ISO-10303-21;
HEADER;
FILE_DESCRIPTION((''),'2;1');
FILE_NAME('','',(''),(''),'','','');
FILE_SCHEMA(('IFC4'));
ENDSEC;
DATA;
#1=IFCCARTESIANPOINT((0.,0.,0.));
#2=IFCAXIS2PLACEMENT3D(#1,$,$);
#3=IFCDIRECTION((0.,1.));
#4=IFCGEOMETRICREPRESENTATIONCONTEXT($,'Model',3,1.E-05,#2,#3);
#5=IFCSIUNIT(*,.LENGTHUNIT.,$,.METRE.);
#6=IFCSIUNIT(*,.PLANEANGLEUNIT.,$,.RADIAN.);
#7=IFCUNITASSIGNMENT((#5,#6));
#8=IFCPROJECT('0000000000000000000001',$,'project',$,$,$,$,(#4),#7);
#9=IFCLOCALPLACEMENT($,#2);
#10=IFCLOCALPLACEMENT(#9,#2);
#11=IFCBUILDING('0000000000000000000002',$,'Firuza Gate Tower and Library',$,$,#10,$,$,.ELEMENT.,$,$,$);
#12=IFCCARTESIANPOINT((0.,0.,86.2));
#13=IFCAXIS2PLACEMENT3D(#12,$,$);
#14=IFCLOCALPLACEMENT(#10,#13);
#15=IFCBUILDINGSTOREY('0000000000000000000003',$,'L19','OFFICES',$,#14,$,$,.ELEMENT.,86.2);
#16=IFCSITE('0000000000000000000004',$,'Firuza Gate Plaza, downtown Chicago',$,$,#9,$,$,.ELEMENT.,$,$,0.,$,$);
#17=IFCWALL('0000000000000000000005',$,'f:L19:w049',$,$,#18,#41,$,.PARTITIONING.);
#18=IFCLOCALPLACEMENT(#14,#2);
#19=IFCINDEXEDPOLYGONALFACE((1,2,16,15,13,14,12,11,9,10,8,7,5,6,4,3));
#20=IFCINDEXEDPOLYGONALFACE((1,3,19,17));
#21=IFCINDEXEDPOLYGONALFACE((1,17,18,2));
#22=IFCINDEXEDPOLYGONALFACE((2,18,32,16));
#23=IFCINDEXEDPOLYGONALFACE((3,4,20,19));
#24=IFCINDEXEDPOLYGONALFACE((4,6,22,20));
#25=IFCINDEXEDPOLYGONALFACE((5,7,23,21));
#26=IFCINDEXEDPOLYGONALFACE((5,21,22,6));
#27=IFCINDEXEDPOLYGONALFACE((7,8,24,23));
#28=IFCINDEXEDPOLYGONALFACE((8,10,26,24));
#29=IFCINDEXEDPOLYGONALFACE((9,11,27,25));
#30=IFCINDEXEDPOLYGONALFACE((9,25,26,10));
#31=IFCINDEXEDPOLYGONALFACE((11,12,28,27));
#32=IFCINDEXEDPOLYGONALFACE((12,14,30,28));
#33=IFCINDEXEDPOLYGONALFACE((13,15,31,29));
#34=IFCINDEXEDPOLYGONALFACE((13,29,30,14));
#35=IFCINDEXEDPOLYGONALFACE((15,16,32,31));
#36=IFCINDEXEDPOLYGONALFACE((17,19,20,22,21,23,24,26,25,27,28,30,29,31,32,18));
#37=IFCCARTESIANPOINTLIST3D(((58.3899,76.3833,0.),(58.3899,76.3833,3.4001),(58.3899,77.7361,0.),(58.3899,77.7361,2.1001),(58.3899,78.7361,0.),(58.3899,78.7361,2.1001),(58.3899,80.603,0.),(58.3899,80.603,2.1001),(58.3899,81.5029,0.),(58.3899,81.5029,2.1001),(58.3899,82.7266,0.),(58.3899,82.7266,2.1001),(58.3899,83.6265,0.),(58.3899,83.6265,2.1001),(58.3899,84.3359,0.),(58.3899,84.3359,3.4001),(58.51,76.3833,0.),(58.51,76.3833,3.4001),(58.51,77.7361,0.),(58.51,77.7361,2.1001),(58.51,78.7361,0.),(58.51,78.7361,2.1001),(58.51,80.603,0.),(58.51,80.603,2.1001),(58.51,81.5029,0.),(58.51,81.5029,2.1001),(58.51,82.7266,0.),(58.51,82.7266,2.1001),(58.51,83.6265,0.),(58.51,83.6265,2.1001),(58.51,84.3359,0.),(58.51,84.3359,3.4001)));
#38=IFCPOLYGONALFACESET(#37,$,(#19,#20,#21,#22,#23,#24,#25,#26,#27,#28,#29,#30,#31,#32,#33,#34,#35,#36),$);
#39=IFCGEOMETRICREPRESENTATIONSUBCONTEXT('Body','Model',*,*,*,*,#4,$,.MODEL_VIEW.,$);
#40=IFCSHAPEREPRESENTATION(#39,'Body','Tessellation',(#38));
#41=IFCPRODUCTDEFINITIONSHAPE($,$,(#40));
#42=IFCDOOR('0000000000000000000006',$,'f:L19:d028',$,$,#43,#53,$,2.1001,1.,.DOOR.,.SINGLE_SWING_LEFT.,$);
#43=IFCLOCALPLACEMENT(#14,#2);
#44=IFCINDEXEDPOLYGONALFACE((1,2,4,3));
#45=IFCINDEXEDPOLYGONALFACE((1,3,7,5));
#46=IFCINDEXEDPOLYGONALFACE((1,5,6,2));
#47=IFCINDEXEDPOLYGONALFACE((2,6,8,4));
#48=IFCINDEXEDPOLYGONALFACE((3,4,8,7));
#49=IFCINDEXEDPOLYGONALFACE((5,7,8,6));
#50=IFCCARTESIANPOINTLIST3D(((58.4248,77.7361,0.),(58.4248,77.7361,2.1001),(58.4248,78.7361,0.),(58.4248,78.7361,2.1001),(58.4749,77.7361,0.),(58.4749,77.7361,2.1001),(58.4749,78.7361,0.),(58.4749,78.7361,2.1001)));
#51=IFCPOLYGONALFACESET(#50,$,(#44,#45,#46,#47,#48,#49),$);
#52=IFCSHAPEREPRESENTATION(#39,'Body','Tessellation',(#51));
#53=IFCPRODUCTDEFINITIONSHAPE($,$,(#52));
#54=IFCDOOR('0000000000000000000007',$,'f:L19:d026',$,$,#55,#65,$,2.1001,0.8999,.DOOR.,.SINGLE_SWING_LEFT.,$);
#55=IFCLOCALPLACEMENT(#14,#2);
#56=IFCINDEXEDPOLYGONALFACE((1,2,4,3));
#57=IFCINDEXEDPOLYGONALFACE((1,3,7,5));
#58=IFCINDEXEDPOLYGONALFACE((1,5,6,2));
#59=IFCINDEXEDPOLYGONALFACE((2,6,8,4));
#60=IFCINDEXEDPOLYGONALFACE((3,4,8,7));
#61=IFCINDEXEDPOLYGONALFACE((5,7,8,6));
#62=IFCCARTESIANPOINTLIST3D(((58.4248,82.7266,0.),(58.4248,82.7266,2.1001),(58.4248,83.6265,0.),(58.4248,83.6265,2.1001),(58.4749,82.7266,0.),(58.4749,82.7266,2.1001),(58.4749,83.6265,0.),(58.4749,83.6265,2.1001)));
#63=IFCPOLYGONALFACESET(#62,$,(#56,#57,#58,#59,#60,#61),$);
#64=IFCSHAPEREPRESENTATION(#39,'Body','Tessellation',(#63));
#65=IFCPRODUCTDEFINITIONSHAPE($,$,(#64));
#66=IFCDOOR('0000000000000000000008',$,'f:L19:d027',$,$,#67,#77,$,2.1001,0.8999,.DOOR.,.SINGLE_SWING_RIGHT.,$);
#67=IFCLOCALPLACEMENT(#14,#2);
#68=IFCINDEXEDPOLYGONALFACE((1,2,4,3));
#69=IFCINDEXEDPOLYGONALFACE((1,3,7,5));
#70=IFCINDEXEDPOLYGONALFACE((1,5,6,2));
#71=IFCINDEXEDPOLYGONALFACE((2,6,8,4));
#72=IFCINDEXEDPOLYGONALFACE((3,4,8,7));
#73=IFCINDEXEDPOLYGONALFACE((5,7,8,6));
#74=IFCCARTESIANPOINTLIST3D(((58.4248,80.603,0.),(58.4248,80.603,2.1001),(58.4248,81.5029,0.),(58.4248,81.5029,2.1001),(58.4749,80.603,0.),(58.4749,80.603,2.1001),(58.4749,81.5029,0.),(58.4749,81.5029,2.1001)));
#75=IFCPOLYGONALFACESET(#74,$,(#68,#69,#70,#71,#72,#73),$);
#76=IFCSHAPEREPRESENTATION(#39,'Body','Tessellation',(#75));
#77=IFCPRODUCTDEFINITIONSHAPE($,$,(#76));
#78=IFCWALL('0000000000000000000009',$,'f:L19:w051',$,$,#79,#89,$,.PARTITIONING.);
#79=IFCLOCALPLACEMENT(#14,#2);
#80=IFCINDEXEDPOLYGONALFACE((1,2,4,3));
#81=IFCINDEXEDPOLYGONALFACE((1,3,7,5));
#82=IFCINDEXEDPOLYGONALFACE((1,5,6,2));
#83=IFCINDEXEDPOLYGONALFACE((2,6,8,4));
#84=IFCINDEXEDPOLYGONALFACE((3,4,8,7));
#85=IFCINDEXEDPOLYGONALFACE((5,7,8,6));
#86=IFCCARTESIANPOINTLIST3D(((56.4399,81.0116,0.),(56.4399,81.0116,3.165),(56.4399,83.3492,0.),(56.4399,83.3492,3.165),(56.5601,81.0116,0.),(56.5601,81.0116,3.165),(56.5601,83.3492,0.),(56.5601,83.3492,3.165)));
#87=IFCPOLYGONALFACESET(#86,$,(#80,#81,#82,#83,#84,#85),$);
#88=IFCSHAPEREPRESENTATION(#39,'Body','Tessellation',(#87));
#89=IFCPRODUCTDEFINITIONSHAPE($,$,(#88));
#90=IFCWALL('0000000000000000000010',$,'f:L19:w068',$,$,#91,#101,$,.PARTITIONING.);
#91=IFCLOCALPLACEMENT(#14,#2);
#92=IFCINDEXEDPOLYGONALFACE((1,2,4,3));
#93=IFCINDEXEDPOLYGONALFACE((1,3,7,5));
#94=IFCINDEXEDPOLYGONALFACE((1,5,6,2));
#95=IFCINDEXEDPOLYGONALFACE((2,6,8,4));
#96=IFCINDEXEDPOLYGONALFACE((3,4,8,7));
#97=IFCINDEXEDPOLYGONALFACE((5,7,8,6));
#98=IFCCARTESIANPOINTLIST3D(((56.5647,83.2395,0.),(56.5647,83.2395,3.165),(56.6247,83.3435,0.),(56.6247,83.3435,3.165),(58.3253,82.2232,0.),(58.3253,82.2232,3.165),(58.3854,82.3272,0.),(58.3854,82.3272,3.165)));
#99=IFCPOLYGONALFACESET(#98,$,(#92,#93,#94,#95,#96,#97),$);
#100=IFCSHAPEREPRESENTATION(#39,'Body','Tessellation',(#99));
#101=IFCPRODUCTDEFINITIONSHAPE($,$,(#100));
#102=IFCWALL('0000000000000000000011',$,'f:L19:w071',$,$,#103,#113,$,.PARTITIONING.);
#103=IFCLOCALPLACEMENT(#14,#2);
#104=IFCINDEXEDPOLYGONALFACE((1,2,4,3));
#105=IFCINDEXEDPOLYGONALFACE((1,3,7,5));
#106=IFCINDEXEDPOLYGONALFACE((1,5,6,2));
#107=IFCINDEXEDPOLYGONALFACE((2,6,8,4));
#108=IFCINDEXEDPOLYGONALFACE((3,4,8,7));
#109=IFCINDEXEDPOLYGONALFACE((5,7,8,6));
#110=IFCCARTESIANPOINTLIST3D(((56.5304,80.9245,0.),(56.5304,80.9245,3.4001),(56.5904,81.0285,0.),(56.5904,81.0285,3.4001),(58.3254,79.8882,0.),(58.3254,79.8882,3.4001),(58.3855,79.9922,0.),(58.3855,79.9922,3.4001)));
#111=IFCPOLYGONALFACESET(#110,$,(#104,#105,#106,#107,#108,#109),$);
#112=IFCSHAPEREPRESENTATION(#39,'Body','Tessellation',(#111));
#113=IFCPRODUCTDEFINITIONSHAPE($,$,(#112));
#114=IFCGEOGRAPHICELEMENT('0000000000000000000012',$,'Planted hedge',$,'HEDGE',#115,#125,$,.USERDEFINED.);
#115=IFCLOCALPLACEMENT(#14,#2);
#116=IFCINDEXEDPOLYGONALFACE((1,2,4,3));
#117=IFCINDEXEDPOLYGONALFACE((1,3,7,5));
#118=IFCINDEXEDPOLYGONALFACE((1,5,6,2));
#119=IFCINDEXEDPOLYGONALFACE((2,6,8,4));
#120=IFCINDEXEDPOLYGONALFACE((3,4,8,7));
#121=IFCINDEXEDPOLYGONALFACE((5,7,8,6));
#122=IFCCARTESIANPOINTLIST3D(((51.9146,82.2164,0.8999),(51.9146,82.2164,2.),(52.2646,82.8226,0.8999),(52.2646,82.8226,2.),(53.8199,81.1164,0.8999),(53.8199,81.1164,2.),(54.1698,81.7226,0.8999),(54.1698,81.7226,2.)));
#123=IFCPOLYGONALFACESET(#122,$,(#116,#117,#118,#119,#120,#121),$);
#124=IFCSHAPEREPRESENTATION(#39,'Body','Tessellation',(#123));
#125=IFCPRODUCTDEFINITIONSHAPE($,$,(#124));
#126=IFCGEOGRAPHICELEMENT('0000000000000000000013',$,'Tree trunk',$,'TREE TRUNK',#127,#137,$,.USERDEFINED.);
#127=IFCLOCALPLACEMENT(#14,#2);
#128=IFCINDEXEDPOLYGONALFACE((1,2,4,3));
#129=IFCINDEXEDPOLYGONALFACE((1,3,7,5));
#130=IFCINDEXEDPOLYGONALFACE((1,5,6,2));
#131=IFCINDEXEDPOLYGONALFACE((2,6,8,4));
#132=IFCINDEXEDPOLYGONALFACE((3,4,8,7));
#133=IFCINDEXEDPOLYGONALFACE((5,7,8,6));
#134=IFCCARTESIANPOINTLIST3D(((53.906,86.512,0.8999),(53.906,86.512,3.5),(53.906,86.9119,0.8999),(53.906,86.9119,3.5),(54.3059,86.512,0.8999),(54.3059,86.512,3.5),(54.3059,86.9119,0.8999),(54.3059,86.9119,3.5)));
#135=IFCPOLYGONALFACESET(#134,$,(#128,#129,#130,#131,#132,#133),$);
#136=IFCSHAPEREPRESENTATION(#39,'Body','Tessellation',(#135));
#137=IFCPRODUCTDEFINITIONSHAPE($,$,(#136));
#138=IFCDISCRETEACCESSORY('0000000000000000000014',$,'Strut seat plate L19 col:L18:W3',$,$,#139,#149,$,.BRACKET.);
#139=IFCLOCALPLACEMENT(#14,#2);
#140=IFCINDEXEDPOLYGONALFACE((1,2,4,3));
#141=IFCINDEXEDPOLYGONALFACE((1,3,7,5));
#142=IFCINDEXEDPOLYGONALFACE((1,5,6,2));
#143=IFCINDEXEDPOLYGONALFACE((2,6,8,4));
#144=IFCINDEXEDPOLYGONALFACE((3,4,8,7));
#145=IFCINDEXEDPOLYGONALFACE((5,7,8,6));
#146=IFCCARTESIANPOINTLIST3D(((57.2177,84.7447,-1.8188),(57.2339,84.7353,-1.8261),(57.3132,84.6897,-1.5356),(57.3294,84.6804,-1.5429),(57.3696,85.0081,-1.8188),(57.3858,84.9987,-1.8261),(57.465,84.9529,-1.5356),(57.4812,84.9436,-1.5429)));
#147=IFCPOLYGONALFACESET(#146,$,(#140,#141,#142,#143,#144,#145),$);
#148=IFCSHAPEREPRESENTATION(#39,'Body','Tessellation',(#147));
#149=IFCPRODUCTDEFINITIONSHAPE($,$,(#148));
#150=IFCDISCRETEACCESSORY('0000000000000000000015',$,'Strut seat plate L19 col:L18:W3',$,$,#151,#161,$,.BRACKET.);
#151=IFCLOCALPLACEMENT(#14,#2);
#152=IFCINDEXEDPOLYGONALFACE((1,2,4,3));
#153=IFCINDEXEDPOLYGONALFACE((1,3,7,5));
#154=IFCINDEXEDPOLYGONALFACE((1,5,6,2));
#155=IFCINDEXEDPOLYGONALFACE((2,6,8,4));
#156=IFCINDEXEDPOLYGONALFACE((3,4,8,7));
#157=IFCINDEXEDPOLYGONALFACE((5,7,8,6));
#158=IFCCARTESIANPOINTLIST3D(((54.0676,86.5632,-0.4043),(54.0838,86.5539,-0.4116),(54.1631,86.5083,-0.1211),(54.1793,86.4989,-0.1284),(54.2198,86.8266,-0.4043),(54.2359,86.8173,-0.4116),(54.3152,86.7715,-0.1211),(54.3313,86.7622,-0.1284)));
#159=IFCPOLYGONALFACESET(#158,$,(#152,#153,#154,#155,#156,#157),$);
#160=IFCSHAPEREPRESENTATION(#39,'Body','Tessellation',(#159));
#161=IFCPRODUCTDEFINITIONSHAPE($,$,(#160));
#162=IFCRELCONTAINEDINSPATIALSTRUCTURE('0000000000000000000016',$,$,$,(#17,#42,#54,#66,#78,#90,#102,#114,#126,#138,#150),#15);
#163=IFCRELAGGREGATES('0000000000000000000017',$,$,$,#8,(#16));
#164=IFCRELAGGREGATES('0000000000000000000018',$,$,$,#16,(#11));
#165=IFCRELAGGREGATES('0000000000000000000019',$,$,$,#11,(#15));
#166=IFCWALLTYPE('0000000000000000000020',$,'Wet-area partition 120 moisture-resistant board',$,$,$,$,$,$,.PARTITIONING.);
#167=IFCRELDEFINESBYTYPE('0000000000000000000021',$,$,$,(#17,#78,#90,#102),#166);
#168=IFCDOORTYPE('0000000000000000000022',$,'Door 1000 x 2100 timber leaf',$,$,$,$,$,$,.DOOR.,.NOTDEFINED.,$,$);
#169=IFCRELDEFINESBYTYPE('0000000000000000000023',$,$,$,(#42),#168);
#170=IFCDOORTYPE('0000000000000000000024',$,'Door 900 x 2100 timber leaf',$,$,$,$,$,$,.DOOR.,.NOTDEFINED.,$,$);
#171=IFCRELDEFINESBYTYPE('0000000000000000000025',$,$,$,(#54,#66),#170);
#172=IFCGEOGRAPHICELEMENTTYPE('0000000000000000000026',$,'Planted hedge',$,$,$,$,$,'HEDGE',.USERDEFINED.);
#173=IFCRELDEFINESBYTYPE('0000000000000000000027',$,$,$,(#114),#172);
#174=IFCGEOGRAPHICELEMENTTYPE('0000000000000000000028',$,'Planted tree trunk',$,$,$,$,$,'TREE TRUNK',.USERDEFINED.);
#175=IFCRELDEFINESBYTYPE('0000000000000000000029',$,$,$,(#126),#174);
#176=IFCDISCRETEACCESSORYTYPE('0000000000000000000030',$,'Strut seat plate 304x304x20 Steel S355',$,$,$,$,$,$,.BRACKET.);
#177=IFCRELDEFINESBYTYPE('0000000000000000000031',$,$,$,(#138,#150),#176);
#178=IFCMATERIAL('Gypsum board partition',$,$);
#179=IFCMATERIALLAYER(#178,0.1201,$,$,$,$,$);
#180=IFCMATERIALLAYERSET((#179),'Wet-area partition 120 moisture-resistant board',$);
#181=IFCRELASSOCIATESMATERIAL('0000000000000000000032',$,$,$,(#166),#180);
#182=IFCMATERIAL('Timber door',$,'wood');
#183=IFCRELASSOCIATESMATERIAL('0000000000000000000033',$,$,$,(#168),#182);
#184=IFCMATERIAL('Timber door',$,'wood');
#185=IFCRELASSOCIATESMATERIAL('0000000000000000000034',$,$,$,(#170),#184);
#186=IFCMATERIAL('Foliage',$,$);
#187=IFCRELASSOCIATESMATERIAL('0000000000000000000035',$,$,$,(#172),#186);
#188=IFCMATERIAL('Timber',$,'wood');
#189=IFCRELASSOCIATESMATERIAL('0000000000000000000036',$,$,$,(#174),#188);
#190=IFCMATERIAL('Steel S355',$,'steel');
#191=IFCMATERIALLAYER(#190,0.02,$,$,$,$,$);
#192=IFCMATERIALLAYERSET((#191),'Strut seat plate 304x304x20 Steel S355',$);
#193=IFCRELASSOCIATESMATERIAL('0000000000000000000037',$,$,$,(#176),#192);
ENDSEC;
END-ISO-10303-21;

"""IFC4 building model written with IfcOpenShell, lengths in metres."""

from ifc_helpers import new_model, si_unit, direction, frame, frame_2d, origin, origin_2d, place, context, subcontext, project, spatial, polyline, rectangle, outline, extrude, material, layer, layer_set, type_object, element, fill, save


model = new_model("IFC4")

# Units and contexts
model_context = context("Model", 3, precision=1e-05, world=origin(), true_north=direction((0.0, 1.0)))
body_context = subcontext(model_context, "Body", "Model", "MODEL_VIEW")
ifc_project = project(units=[si_unit("LENGTHUNIT", "METRE"), si_unit("PLANEANGLEUNIT", "RADIAN")], contexts=[model_context])

# Site, building, storey
site_placement = place(None, origin())
site = spatial("IfcSite", under=ifc_project, at=site_placement, Name="Firuza Gate Plaza, downtown Chicago", CompositionType="ELEMENT", RefElevation=0.0)
building_placement = place(site_placement, origin())
building = spatial("IfcBuilding", under=site, at=building_placement, Name="Firuza Gate Tower and Library", CompositionType="ELEMENT")
storey_placement = place(building_placement, frame((0.0, 0.0, 86.2)))
storey = spatial("IfcBuildingStorey", under=building, at=storey_placement, Name="L19", Description="OFFICES", CompositionType="ELEMENT", Elevation=86.2)

# Wall, openings, doors
ifc_material_1 = material(Name="Gypsum board partition")
ifc_layer_1 = layer(ifc_material_1, 0.1201)
ifc_layer_set_1 = layer_set([ifc_layer_1], Name="Wet-area partition 120 moisture-resistant board")
wall_type_1 = type_object("IfcWallType", Name="Wet-area partition 120 moisture-resistant board", PredefinedType="PARTITIONING", material=ifc_layer_set_1)
wall_1_placement = place(storey_placement, frame((58.45, 84.3359, 0.0), z_axis=(0.0, 0.0, 1.0), x_axis=(0.0, -1.0, 0.0)))
wall_1 = element("IfcWall", 1, at=wall_1_placement, inside=storey, type_object=wall_type_1, Name="f:L19:w049", PredefinedType="PARTITIONING", context=body_context, shape_type="SweptSolid", body=[
    extrude(rectangle(XDim=7.9526, YDim=0.1201, at=frame_2d((3.9763, 0.0))), origin(), (0.0, 0.0, 1.0), 3.4001),
])
opening_1_placement = place(wall_1_placement, frame((0.7095, 0.0, 0.0)))
opening_1 = element("IfcOpeningElement", 2, at=opening_1_placement, cuts=wall_1, PredefinedType="OPENING", context=body_context, shape_type="SweptSolid", body=[
    extrude(rectangle(XDim=0.8999, YDim=2.1001, at=frame_2d((0.45, 1.05))), frame((0.0, 0.0701, 0.0), z_axis=(0.0, -1.0, 0.0), x_axis=(1.0, 0.0, 0.0)), (0.0, 0.0, 1.0), 0.1401),
])
opening_2_placement = place(wall_1_placement, frame((2.833, 0.0, 0.0)))
opening_2 = element("IfcOpeningElement", 3, at=opening_2_placement, cuts=wall_1, PredefinedType="OPENING", context=body_context, shape_type="SweptSolid", body=[
    extrude(rectangle(XDim=0.8999, YDim=2.1001, at=frame_2d((0.45, 1.05))), frame((0.0, 0.0701, 0.0), z_axis=(0.0, -1.0, 0.0), x_axis=(1.0, 0.0, 0.0)), (0.0, 0.0, 1.0), 0.1401),
])
opening_3_placement = place(wall_1_placement, frame((5.5999, 0.0, 0.0)))
opening_3 = element("IfcOpeningElement", 4, at=opening_3_placement, cuts=wall_1, PredefinedType="OPENING", context=body_context, shape_type="SweptSolid", body=[
    extrude(rectangle(XDim=1.0, YDim=2.1001, at=frame_2d((0.5, 1.05))), frame((0.0, 0.0701, 0.0), z_axis=(0.0, -1.0, 0.0), x_axis=(1.0, 0.0, 0.0)), (0.0, 0.0, 1.0), 0.1401),
])
ifc_material_2 = material(Name="Timber door", Category="wood")
door_type_1 = type_object("IfcDoorType", Name="Door 1000 x 2100 timber leaf", OperationType="NOTDEFINED", PredefinedType="DOOR", material=ifc_material_2)
door_1_placement = place(opening_3_placement, origin())
door_1 = element("IfcDoor", 5, at=door_1_placement, inside=storey, type_object=door_type_1, Name="f:L19:d028", OperationType="SINGLE_SWING_LEFT", OverallHeight=2.1001, OverallWidth=1.0, PredefinedType="DOOR", context=body_context, shape_type="SweptSolid", body=[
    extrude(rectangle(XDim=1.0, YDim=2.1001, at=frame_2d((0.5, 1.05))), frame((0.0, 0.0249, 0.0), z_axis=(0.0, -1.0, 0.0), x_axis=(1.0, 0.0, 0.0)), (0.0, 0.0, 1.0), 0.05),
])
fill(opening_3, door_1)
ifc_material_3 = material(Name="Timber door", Category="wood")
door_type_2 = type_object("IfcDoorType", Name="Door 900 x 2100 timber leaf", OperationType="NOTDEFINED", PredefinedType="DOOR", material=ifc_material_3)
door_2_placement = place(opening_1_placement, origin())
door_2 = element("IfcDoor", 6, at=door_2_placement, inside=storey, type_object=door_type_2, Name="f:L19:d026", OperationType="SINGLE_SWING_LEFT", OverallHeight=2.1001, OverallWidth=0.8999, PredefinedType="DOOR", context=body_context, shape_type="SweptSolid", body=[
    extrude(rectangle(XDim=0.8999, YDim=2.1001, at=frame_2d((0.45, 1.05))), frame((0.0, 0.0249, 0.0), z_axis=(0.0, -1.0, 0.0), x_axis=(1.0, 0.0, 0.0)), (0.0, 0.0, 1.0), 0.05),
])
fill(opening_1, door_2)
door_3_placement = place(opening_2_placement, origin())
door_3 = element("IfcDoor", 7, at=door_3_placement, inside=storey, type_object=door_type_2, Name="f:L19:d027", OperationType="SINGLE_SWING_RIGHT", OverallHeight=2.1001, OverallWidth=0.8999, PredefinedType="DOOR", context=body_context, shape_type="SweptSolid", body=[
    extrude(rectangle(XDim=0.8999, YDim=2.1001, at=frame_2d((0.45, 1.05))), frame((0.0, 0.0249, 0.0), z_axis=(0.0, -1.0, 0.0), x_axis=(1.0, 0.0, 0.0)), (0.0, 0.0, 1.0), 0.05),
])
fill(opening_2, door_3)

# Walls
wall_2_placement = place(storey_placement, frame((56.5, 81.0115, 0.0), z_axis=(0.0, 0.0, 1.0), x_axis=(0.0, 1.0, 0.0)))
element("IfcWall", 8, at=wall_2_placement, inside=storey, type_object=wall_type_1, Name="f:L19:w051", PredefinedType="PARTITIONING", context=body_context, shape_type="SweptSolid", body=[
    extrude(rectangle(XDim=2.3376, YDim=0.1201, at=frame_2d((1.1689, 0.0))), origin(), (0.0, 0.0, 1.0), 3.165),
])
wall_3_placement = place(storey_placement, frame((58.3555, 82.2751, 0.0), z_axis=(0.0, 0.0, 1.0), x_axis=(-0.86607, 0.499923, 0.0)))
element("IfcWall", 9, at=wall_3_placement, inside=storey, type_object=wall_type_1, Name="f:L19:w068", PredefinedType="PARTITIONING", context=body_context, shape_type="SweptSolid", body=[
    extrude(rectangle(XDim=2.033, YDim=0.1201, at=frame_2d((1.0166, 0.0))), origin(), (0.0, 0.0, 1.0), 3.165),
])
wall_4_placement = place(storey_placement, frame((58.3555, 79.9402, 0.0), z_axis=(0.0, 0.0, 1.0), x_axis=(-0.866038, 0.499977, 0.0)))
element("IfcWall", 10, at=wall_4_placement, inside=storey, type_object=wall_type_1, Name="f:L19:w071", PredefinedType="PARTITIONING", context=body_context, shape_type="SweptSolid", body=[
    extrude(rectangle(XDim=2.0728, YDim=0.1201, at=frame_2d((1.0364, 0.0))), origin(), (0.0, 0.0, 1.0), 3.4001),
])

# Geographic elements
ifc_material_4 = material(Name="Foliage")
geographic_element_type_1 = type_object("IfcGeographicElementType", Name="Planted hedge", ElementType="HEDGE", PredefinedType="USERDEFINED", material=ifc_material_4)
geographic_element_1_placement = place(storey_placement, frame((53.0422, 81.9695, 0.8999), z_axis=(0.0, 0.0, 1.0), x_axis=(0.866025, -0.5, 0.0)))
element("IfcGeographicElement", 11, at=geographic_element_1_placement, inside=storey, type_object=geographic_element_type_1, Name="Planted hedge", ObjectType="HEDGE", PredefinedType="USERDEFINED", context=body_context, shape_type="SweptSolid", body=[
    extrude(rectangle(XDim=2.2, YDim=0.7, at=origin_2d()), origin(), (0.0, 0.0, 1.0), 1.1001),
])
ifc_material_5 = material(Name="Timber", Category="wood")
geographic_element_type_2 = type_object("IfcGeographicElementType", Name="Planted tree trunk", ElementType="TREE TRUNK", PredefinedType="USERDEFINED", material=ifc_material_5)
geographic_element_2_placement = place(storey_placement, frame((54.106, 86.7119, 0.8999), z_axis=(0.0, 0.0, 1.0), x_axis=(1.0, 0.0, 0.0)))
element("IfcGeographicElement", 12, at=geographic_element_2_placement, inside=storey, type_object=geographic_element_type_2, Name="Tree trunk", ObjectType="TREE TRUNK", PredefinedType="USERDEFINED", context=body_context, shape_type="SweptSolid", body=[
    extrude(rectangle(XDim=0.3999, YDim=0.3999, at=origin_2d()), origin(), (0.0, 0.0, 1.0), 2.6001),
])

# Discrete accessories
ifc_material_6 = material(Name="Steel S355", Category="steel")
ifc_layer_2 = layer(ifc_material_6, 0.02)
ifc_layer_set_2 = layer_set([ifc_layer_2], Name="Strut seat plate 304x304x20 Steel S355")
discrete_accessory_type = type_object("IfcDiscreteAccessoryType", Name="Strut seat plate 304x304x20 Steel S355", PredefinedType="BRACKET", material=ifc_layer_set_2)
discrete_accessory_1_placement = place(storey_placement, frame((57.3132, 84.6897, -1.5356), z_axis=(-0.807298, 0.46559, 0.362624), x_axis=(0.499618, 0.866246, 0.000068)))
element("IfcDiscreteAccessory", 13, at=discrete_accessory_1_placement, inside=storey, type_object=discrete_accessory_type, Name="Strut seat plate L19 col:L18:W3", PredefinedType="BRACKET", context=body_context, shape_type="SweptSolid", body=[
    extrude(outline(polyline([(0.0, 0.0), (0.3039, 0.0), (0.3039, 0.3039), (-0.0001, 0.3039), (0.0, 0.0)])), origin(), (0.0, 0.0, -1.0), 0.02),
])
discrete_accessory_2_placement = place(storey_placement, frame((54.3152, 86.7715, -0.1211), z_axis=(-0.806974, 0.466152, 0.362624), x_axis=(-0.50022, -0.865898, -0.000068)))
element("IfcDiscreteAccessory", 14, at=discrete_accessory_2_placement, inside=storey, type_object=discrete_accessory_type, Name="Strut seat plate L19 col:L18:W3", PredefinedType="BRACKET", context=body_context, shape_type="SweptSolid", body=[
    extrude(outline(polyline([(0.0, 0.0), (0.304, 0.0), (0.3042, -0.3039), (0.0, -0.3039), (0.0, 0.0)])), origin(), (0.0, 0.0, -1.0), 0.02),
])

save(model, "model.ifc")
